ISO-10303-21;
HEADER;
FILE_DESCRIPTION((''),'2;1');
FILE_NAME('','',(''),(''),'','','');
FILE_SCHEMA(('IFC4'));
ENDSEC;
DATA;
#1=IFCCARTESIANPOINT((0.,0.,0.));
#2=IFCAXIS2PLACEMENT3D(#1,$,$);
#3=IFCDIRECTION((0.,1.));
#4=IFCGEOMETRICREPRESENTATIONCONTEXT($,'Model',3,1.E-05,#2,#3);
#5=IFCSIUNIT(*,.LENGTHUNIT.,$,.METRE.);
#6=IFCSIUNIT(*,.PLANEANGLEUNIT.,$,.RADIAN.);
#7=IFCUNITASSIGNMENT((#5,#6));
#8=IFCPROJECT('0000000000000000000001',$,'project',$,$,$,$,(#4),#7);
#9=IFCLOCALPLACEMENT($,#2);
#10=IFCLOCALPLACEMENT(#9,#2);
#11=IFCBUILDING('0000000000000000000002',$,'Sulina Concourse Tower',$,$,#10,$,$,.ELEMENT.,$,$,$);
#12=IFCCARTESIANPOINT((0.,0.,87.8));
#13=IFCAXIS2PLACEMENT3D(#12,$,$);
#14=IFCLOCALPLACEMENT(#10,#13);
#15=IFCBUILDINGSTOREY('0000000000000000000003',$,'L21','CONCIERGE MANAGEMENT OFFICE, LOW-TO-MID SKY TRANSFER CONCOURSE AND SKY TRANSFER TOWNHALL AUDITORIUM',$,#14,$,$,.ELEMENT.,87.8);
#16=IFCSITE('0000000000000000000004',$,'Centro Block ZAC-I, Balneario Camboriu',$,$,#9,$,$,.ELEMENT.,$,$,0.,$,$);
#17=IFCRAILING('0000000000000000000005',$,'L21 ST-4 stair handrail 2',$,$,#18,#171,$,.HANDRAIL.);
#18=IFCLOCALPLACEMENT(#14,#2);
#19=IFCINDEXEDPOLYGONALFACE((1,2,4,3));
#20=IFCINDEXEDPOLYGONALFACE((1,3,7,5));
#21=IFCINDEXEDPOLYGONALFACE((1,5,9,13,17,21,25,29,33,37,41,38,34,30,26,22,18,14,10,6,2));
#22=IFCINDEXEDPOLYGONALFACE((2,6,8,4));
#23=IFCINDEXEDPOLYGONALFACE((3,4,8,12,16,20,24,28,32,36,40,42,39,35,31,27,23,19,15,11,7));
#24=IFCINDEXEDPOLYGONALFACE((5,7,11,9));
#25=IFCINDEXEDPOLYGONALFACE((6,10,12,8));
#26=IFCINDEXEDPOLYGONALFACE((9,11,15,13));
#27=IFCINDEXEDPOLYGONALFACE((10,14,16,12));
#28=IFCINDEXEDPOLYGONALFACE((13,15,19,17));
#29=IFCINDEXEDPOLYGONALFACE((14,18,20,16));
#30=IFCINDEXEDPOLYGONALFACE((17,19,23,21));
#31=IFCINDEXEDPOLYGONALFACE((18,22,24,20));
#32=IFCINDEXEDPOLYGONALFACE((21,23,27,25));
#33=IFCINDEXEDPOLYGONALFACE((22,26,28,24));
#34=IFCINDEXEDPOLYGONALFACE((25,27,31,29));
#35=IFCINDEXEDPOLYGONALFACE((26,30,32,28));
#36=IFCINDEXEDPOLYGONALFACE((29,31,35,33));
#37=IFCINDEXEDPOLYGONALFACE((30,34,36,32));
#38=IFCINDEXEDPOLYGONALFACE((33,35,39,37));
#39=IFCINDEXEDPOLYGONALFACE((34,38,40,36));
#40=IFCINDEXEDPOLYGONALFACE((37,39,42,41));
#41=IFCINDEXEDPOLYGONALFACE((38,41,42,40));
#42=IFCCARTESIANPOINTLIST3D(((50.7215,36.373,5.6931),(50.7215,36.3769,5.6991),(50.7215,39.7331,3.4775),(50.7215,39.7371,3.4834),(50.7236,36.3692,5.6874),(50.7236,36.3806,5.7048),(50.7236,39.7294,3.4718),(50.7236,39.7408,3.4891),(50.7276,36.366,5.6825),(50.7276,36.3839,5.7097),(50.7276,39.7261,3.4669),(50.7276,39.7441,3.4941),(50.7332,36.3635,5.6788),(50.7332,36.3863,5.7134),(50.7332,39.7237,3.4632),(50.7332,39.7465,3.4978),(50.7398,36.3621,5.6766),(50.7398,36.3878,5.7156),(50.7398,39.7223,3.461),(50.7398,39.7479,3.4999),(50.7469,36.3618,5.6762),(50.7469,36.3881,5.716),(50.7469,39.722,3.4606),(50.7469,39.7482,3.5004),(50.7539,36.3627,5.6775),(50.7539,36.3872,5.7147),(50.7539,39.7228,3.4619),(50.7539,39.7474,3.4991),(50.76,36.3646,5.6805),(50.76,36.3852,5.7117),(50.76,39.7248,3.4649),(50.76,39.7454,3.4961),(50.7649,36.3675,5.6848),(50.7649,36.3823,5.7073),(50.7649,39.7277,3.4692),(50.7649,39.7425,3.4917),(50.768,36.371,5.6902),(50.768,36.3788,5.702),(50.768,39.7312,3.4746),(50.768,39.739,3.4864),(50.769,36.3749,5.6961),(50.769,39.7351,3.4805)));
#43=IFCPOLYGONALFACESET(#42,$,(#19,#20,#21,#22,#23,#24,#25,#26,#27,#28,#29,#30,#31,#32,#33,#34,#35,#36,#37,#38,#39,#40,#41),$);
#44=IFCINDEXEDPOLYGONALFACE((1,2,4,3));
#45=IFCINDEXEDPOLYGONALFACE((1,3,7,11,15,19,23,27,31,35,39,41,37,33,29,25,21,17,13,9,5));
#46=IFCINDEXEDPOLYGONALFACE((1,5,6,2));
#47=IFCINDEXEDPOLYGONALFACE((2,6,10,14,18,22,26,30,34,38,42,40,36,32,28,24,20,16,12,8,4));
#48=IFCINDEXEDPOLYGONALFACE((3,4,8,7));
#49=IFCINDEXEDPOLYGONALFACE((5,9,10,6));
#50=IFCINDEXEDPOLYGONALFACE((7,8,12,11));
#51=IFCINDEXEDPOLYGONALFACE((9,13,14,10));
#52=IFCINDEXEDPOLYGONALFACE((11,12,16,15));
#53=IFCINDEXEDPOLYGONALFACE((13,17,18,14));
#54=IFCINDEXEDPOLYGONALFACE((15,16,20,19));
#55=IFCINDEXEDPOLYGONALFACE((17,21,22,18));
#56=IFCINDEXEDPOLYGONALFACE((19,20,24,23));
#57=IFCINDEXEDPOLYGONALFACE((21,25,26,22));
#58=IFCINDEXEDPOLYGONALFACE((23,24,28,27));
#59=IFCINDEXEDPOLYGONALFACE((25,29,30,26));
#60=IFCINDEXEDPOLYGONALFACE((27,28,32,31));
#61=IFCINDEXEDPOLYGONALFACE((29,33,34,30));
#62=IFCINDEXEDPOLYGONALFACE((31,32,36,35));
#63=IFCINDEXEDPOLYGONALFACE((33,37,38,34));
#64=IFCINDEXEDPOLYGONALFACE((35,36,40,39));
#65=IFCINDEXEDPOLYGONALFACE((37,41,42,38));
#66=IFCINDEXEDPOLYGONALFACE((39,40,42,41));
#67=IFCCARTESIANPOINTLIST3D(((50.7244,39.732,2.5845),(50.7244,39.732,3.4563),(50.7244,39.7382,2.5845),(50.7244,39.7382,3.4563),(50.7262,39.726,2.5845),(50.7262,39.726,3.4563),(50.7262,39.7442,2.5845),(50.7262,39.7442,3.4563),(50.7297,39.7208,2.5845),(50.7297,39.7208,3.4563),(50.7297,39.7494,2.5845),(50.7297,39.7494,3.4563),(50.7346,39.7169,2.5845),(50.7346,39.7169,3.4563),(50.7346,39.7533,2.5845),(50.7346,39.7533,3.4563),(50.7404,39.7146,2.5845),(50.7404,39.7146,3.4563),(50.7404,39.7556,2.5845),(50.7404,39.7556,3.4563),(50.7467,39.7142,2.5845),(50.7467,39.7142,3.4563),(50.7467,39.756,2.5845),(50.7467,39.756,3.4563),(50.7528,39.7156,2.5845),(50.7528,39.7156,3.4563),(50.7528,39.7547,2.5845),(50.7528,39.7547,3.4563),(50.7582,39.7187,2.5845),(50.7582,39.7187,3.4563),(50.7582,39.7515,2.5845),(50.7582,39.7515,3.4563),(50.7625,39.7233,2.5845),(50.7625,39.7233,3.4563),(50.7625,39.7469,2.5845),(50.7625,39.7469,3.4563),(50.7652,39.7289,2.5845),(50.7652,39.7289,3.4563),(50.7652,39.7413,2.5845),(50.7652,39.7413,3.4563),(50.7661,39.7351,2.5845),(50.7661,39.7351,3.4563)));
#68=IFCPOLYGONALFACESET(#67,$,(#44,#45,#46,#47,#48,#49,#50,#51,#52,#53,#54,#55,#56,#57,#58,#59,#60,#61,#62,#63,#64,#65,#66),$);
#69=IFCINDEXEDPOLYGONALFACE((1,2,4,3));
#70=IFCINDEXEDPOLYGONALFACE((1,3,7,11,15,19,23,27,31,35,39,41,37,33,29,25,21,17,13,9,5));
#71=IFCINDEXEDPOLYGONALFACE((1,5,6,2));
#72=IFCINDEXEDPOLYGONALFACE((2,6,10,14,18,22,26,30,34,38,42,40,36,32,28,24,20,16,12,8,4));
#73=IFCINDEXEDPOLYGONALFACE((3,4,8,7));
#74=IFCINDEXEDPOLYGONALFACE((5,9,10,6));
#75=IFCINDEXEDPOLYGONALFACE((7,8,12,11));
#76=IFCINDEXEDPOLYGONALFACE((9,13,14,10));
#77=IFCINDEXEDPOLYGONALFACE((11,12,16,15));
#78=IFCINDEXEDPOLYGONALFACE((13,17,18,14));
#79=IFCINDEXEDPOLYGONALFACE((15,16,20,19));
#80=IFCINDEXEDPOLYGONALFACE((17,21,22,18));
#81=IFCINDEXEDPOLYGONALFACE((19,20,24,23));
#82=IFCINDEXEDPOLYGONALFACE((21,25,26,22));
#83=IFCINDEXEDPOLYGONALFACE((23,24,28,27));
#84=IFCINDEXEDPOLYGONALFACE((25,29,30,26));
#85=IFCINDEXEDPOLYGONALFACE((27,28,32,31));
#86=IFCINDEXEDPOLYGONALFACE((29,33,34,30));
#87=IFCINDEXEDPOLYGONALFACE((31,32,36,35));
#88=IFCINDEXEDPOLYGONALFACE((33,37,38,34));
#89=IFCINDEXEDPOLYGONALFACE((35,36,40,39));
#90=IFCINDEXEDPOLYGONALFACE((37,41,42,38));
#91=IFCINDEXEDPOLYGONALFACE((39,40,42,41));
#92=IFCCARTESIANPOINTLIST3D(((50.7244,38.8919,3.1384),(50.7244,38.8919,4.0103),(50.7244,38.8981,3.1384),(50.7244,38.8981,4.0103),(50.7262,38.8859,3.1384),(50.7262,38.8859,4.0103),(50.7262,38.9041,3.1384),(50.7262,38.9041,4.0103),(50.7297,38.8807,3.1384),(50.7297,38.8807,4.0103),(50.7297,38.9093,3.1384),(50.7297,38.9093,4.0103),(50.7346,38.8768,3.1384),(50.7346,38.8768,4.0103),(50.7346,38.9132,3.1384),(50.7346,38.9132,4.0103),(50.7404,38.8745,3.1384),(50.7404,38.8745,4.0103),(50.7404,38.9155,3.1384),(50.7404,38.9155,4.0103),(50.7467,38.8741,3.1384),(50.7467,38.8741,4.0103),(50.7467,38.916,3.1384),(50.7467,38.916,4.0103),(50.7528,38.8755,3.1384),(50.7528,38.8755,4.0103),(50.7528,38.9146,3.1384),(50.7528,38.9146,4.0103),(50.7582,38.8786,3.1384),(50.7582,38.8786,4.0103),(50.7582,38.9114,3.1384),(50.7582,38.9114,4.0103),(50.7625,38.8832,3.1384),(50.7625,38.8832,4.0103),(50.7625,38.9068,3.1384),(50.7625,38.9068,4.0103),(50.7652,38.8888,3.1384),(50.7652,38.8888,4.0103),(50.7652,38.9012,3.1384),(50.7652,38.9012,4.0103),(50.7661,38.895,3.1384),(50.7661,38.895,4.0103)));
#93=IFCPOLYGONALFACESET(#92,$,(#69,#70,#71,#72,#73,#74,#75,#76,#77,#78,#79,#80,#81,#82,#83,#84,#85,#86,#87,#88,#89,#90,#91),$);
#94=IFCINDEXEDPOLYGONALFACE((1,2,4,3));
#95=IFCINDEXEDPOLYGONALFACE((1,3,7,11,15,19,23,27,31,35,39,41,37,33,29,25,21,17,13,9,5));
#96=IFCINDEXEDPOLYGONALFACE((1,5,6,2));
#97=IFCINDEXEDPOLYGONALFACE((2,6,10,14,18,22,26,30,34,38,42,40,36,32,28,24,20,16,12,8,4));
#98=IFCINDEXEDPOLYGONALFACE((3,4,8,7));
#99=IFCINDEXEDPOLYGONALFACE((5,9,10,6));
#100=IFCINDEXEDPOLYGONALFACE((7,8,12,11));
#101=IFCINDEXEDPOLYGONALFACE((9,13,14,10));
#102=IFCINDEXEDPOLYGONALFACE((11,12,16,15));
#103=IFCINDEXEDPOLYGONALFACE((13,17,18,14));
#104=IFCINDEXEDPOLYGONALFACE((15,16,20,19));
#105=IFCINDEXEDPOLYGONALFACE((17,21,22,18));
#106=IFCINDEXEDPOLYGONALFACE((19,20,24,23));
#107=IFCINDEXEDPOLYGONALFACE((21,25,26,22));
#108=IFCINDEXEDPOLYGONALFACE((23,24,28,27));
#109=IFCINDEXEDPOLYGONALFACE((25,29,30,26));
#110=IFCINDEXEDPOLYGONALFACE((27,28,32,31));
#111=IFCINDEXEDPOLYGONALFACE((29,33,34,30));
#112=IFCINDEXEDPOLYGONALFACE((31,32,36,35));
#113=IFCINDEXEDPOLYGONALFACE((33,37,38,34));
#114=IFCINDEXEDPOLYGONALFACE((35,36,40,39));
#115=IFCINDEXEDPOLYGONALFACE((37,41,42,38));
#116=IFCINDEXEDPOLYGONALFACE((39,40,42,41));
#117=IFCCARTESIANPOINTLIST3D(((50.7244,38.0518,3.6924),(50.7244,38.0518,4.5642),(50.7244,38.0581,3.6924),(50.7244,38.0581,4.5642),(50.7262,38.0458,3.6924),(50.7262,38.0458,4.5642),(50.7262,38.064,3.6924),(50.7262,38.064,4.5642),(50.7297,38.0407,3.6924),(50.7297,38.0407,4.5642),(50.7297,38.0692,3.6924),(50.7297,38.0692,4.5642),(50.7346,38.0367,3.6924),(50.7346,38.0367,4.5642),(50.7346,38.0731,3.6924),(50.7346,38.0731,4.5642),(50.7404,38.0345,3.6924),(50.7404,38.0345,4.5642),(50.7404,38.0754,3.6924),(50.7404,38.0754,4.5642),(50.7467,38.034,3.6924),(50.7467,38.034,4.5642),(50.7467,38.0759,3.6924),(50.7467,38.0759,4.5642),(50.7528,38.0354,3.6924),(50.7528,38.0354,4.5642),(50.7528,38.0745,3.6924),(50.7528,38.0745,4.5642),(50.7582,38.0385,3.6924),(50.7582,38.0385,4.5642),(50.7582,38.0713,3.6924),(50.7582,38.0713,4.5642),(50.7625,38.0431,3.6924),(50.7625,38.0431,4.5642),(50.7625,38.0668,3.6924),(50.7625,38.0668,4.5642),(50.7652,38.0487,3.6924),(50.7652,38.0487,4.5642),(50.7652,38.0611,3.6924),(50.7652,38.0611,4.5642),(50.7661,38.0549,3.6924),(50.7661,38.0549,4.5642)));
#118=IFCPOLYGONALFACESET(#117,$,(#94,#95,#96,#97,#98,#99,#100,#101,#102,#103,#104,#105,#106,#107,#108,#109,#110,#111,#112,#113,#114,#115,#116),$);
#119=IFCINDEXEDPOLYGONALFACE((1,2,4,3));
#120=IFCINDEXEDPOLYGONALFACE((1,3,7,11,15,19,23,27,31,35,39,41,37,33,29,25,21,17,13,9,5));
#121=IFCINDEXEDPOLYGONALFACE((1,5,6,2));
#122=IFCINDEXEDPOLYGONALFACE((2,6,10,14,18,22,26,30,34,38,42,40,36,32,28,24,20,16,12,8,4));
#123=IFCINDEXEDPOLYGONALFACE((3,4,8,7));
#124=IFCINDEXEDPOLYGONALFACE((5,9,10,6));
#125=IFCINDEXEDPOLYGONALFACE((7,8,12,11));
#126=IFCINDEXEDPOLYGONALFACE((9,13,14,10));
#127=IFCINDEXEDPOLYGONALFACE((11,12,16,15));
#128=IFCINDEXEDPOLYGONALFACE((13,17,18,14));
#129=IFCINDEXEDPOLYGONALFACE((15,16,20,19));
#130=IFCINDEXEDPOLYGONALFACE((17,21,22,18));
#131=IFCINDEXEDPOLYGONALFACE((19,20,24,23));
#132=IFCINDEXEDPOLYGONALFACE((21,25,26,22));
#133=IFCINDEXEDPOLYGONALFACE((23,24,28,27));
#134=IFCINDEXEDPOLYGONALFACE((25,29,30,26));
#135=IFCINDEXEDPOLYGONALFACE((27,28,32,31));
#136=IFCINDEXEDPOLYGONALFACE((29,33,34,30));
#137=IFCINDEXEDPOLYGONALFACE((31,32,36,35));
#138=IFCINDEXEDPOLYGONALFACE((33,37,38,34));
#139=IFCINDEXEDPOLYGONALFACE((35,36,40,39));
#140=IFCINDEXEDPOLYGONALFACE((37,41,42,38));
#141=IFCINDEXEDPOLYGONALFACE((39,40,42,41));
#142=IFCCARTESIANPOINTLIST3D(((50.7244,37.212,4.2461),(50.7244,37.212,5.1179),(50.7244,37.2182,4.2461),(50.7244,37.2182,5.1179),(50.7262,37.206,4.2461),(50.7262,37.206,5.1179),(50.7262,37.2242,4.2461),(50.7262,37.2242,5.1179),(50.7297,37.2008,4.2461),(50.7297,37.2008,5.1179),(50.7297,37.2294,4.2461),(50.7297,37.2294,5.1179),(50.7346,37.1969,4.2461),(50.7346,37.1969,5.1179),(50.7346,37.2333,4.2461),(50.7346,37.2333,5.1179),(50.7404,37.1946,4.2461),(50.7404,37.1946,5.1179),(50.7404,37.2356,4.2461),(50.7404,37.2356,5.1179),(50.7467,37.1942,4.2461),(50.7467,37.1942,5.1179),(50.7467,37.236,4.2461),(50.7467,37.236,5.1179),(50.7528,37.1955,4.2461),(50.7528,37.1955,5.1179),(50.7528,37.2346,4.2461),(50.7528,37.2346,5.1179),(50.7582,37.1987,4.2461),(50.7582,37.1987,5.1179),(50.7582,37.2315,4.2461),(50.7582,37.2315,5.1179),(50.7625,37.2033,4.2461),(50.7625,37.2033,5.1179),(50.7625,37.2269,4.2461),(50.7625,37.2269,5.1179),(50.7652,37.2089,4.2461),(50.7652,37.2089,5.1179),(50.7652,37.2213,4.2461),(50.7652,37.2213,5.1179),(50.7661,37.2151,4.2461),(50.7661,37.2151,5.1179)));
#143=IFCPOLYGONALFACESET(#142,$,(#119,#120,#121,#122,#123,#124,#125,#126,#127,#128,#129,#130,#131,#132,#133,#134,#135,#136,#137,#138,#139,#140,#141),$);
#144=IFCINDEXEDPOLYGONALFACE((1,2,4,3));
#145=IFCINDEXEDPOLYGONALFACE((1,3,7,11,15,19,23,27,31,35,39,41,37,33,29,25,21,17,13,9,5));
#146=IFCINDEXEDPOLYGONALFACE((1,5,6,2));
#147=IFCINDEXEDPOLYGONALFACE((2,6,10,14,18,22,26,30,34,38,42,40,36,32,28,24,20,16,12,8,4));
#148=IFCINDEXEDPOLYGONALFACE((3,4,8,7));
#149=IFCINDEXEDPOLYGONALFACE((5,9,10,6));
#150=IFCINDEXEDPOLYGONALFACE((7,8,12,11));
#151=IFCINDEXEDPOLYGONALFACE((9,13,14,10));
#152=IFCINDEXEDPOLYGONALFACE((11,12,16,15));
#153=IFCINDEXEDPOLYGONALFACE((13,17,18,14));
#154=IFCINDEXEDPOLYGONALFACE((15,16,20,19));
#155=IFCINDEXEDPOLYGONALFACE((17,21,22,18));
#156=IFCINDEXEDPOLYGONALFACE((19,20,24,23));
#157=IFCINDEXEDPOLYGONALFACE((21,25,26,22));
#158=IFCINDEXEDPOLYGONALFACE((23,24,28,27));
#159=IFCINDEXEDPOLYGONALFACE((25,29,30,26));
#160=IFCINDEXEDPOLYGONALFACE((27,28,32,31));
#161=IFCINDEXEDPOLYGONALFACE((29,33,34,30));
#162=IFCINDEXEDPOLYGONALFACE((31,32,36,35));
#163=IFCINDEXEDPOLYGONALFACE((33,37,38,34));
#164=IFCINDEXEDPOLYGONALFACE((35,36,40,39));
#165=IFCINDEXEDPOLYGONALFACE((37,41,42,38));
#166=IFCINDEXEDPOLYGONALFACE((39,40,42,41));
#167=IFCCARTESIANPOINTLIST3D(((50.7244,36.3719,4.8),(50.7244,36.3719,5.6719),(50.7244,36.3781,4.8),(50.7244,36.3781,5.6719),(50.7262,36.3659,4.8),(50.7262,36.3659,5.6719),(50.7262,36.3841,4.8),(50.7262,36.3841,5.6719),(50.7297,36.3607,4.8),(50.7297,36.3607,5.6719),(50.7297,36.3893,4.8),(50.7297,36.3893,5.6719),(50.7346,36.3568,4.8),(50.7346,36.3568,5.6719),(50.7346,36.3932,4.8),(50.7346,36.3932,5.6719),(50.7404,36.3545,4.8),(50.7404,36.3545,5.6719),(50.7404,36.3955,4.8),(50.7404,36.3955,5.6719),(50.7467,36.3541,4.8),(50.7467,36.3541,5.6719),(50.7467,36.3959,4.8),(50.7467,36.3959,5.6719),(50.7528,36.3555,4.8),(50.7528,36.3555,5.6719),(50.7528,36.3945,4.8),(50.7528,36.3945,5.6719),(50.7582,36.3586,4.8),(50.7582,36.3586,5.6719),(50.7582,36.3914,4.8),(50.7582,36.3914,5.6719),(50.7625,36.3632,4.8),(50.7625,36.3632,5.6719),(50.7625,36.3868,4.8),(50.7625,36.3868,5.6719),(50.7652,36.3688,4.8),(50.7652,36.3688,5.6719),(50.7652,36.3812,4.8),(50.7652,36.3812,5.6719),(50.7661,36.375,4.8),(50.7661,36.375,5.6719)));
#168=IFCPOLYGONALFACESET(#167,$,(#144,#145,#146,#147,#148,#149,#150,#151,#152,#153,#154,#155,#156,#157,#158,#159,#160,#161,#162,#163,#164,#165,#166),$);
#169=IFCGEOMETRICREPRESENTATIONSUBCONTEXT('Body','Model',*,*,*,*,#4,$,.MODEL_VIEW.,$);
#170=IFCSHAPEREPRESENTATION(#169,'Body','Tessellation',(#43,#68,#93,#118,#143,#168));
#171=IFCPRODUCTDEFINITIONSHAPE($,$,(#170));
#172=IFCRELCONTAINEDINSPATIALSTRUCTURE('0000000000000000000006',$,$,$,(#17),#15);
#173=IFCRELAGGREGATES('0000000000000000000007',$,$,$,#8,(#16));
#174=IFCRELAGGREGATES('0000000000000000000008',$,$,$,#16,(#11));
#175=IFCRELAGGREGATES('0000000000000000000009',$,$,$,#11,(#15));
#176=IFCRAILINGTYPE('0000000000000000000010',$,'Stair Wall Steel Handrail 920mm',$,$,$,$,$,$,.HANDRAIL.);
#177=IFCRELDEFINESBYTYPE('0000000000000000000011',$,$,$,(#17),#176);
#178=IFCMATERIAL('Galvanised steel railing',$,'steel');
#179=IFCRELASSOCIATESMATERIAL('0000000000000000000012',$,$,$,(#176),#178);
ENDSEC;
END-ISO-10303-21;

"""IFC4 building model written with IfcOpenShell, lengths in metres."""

from ifc_helpers import new_model, si_unit, direction, frame, origin, origin_2d, place, context, subcontext, project, spatial, circle, extrude, material, type_object, element, save


model = new_model("IFC4")

# Units and contexts
model_context = context("Model", 3, precision=1e-05, world=origin(), true_north=direction((0.0, 1.0)))
body_context = subcontext(model_context, "Body", "Model", "MODEL_VIEW")
ifc_project = project(units=[si_unit("LENGTHUNIT", "METRE"), si_unit("PLANEANGLEUNIT", "RADIAN")], contexts=[model_context])

# Site, building, storey
site_placement = place(None, origin())
site = spatial("IfcSite", under=ifc_project, at=site_placement, Name="Centro Block ZAC-I, Balneario Camboriu", CompositionType="ELEMENT", RefElevation=0.0)
building_placement = place(site_placement, origin())
building = spatial("IfcBuilding", under=site, at=building_placement, Name="Sulina Concourse Tower", CompositionType="ELEMENT")
storey_placement = place(building_placement, frame((0.0, 0.0, 87.8)))
storey = spatial("IfcBuildingStorey", under=building, at=storey_placement, Name="L21", Description="CONCIERGE MANAGEMENT OFFICE, LOW-TO-MID SKY TRANSFER CONCOURSE AND SKY TRANSFER TOWNHALL AUDITORIUM", CompositionType="ELEMENT", Elevation=87.8)

# Railing
ifc_material_1 = material(Name="Galvanised steel railing", Category="steel")
railing_type_1 = type_object("IfcRailingType", Name="Stair Wall Steel Handrail 920mm", PredefinedType="HANDRAIL", material=ifc_material_1)
railing_1_placement = place(storey_placement, frame((50.7451, 39.7351, 2.5845)))
element("IfcRailing", 1, at=railing_1_placement, inside=storey, type_object=railing_type_1, Name="L21 ST-4 stair handrail 2", PredefinedType="HANDRAIL", context=body_context, shape_type="SweptSolid", body=[
    extrude(circle(Radius=0.0239, at=origin_2d()), frame((0.0, 0.0, 0.896), z_axis=(0.0, -0.834849, 0.55048), x_axis=(1.0, 0.0, 0.0)), (0.0, 0.0, 1.0), 4.0249),
    extrude(circle(Radius=0.021, at=origin_2d()), origin(), (0.0, 0.0, 1.0), 0.8718),
    extrude(circle(Radius=0.021, at=origin_2d()), frame((0.0, -0.8401, 0.554)), (0.0, 0.0, 1.0), 0.8718),
    extrude(circle(Radius=0.021, at=origin_2d()), frame((0.0, -1.6802, 1.1079)), (0.0, 0.0, 1.0), 0.8718),
    extrude(circle(Radius=0.021, at=origin_2d()), frame((0.0, -2.52, 1.6616)), (0.0, 0.0, 1.0), 0.8718),
    extrude(circle(Radius=0.021, at=origin_2d()), frame((0.0, -3.3601, 2.2156)), (0.0, 0.0, 1.0), 0.8718),
])

save(model, "model.ifc")
